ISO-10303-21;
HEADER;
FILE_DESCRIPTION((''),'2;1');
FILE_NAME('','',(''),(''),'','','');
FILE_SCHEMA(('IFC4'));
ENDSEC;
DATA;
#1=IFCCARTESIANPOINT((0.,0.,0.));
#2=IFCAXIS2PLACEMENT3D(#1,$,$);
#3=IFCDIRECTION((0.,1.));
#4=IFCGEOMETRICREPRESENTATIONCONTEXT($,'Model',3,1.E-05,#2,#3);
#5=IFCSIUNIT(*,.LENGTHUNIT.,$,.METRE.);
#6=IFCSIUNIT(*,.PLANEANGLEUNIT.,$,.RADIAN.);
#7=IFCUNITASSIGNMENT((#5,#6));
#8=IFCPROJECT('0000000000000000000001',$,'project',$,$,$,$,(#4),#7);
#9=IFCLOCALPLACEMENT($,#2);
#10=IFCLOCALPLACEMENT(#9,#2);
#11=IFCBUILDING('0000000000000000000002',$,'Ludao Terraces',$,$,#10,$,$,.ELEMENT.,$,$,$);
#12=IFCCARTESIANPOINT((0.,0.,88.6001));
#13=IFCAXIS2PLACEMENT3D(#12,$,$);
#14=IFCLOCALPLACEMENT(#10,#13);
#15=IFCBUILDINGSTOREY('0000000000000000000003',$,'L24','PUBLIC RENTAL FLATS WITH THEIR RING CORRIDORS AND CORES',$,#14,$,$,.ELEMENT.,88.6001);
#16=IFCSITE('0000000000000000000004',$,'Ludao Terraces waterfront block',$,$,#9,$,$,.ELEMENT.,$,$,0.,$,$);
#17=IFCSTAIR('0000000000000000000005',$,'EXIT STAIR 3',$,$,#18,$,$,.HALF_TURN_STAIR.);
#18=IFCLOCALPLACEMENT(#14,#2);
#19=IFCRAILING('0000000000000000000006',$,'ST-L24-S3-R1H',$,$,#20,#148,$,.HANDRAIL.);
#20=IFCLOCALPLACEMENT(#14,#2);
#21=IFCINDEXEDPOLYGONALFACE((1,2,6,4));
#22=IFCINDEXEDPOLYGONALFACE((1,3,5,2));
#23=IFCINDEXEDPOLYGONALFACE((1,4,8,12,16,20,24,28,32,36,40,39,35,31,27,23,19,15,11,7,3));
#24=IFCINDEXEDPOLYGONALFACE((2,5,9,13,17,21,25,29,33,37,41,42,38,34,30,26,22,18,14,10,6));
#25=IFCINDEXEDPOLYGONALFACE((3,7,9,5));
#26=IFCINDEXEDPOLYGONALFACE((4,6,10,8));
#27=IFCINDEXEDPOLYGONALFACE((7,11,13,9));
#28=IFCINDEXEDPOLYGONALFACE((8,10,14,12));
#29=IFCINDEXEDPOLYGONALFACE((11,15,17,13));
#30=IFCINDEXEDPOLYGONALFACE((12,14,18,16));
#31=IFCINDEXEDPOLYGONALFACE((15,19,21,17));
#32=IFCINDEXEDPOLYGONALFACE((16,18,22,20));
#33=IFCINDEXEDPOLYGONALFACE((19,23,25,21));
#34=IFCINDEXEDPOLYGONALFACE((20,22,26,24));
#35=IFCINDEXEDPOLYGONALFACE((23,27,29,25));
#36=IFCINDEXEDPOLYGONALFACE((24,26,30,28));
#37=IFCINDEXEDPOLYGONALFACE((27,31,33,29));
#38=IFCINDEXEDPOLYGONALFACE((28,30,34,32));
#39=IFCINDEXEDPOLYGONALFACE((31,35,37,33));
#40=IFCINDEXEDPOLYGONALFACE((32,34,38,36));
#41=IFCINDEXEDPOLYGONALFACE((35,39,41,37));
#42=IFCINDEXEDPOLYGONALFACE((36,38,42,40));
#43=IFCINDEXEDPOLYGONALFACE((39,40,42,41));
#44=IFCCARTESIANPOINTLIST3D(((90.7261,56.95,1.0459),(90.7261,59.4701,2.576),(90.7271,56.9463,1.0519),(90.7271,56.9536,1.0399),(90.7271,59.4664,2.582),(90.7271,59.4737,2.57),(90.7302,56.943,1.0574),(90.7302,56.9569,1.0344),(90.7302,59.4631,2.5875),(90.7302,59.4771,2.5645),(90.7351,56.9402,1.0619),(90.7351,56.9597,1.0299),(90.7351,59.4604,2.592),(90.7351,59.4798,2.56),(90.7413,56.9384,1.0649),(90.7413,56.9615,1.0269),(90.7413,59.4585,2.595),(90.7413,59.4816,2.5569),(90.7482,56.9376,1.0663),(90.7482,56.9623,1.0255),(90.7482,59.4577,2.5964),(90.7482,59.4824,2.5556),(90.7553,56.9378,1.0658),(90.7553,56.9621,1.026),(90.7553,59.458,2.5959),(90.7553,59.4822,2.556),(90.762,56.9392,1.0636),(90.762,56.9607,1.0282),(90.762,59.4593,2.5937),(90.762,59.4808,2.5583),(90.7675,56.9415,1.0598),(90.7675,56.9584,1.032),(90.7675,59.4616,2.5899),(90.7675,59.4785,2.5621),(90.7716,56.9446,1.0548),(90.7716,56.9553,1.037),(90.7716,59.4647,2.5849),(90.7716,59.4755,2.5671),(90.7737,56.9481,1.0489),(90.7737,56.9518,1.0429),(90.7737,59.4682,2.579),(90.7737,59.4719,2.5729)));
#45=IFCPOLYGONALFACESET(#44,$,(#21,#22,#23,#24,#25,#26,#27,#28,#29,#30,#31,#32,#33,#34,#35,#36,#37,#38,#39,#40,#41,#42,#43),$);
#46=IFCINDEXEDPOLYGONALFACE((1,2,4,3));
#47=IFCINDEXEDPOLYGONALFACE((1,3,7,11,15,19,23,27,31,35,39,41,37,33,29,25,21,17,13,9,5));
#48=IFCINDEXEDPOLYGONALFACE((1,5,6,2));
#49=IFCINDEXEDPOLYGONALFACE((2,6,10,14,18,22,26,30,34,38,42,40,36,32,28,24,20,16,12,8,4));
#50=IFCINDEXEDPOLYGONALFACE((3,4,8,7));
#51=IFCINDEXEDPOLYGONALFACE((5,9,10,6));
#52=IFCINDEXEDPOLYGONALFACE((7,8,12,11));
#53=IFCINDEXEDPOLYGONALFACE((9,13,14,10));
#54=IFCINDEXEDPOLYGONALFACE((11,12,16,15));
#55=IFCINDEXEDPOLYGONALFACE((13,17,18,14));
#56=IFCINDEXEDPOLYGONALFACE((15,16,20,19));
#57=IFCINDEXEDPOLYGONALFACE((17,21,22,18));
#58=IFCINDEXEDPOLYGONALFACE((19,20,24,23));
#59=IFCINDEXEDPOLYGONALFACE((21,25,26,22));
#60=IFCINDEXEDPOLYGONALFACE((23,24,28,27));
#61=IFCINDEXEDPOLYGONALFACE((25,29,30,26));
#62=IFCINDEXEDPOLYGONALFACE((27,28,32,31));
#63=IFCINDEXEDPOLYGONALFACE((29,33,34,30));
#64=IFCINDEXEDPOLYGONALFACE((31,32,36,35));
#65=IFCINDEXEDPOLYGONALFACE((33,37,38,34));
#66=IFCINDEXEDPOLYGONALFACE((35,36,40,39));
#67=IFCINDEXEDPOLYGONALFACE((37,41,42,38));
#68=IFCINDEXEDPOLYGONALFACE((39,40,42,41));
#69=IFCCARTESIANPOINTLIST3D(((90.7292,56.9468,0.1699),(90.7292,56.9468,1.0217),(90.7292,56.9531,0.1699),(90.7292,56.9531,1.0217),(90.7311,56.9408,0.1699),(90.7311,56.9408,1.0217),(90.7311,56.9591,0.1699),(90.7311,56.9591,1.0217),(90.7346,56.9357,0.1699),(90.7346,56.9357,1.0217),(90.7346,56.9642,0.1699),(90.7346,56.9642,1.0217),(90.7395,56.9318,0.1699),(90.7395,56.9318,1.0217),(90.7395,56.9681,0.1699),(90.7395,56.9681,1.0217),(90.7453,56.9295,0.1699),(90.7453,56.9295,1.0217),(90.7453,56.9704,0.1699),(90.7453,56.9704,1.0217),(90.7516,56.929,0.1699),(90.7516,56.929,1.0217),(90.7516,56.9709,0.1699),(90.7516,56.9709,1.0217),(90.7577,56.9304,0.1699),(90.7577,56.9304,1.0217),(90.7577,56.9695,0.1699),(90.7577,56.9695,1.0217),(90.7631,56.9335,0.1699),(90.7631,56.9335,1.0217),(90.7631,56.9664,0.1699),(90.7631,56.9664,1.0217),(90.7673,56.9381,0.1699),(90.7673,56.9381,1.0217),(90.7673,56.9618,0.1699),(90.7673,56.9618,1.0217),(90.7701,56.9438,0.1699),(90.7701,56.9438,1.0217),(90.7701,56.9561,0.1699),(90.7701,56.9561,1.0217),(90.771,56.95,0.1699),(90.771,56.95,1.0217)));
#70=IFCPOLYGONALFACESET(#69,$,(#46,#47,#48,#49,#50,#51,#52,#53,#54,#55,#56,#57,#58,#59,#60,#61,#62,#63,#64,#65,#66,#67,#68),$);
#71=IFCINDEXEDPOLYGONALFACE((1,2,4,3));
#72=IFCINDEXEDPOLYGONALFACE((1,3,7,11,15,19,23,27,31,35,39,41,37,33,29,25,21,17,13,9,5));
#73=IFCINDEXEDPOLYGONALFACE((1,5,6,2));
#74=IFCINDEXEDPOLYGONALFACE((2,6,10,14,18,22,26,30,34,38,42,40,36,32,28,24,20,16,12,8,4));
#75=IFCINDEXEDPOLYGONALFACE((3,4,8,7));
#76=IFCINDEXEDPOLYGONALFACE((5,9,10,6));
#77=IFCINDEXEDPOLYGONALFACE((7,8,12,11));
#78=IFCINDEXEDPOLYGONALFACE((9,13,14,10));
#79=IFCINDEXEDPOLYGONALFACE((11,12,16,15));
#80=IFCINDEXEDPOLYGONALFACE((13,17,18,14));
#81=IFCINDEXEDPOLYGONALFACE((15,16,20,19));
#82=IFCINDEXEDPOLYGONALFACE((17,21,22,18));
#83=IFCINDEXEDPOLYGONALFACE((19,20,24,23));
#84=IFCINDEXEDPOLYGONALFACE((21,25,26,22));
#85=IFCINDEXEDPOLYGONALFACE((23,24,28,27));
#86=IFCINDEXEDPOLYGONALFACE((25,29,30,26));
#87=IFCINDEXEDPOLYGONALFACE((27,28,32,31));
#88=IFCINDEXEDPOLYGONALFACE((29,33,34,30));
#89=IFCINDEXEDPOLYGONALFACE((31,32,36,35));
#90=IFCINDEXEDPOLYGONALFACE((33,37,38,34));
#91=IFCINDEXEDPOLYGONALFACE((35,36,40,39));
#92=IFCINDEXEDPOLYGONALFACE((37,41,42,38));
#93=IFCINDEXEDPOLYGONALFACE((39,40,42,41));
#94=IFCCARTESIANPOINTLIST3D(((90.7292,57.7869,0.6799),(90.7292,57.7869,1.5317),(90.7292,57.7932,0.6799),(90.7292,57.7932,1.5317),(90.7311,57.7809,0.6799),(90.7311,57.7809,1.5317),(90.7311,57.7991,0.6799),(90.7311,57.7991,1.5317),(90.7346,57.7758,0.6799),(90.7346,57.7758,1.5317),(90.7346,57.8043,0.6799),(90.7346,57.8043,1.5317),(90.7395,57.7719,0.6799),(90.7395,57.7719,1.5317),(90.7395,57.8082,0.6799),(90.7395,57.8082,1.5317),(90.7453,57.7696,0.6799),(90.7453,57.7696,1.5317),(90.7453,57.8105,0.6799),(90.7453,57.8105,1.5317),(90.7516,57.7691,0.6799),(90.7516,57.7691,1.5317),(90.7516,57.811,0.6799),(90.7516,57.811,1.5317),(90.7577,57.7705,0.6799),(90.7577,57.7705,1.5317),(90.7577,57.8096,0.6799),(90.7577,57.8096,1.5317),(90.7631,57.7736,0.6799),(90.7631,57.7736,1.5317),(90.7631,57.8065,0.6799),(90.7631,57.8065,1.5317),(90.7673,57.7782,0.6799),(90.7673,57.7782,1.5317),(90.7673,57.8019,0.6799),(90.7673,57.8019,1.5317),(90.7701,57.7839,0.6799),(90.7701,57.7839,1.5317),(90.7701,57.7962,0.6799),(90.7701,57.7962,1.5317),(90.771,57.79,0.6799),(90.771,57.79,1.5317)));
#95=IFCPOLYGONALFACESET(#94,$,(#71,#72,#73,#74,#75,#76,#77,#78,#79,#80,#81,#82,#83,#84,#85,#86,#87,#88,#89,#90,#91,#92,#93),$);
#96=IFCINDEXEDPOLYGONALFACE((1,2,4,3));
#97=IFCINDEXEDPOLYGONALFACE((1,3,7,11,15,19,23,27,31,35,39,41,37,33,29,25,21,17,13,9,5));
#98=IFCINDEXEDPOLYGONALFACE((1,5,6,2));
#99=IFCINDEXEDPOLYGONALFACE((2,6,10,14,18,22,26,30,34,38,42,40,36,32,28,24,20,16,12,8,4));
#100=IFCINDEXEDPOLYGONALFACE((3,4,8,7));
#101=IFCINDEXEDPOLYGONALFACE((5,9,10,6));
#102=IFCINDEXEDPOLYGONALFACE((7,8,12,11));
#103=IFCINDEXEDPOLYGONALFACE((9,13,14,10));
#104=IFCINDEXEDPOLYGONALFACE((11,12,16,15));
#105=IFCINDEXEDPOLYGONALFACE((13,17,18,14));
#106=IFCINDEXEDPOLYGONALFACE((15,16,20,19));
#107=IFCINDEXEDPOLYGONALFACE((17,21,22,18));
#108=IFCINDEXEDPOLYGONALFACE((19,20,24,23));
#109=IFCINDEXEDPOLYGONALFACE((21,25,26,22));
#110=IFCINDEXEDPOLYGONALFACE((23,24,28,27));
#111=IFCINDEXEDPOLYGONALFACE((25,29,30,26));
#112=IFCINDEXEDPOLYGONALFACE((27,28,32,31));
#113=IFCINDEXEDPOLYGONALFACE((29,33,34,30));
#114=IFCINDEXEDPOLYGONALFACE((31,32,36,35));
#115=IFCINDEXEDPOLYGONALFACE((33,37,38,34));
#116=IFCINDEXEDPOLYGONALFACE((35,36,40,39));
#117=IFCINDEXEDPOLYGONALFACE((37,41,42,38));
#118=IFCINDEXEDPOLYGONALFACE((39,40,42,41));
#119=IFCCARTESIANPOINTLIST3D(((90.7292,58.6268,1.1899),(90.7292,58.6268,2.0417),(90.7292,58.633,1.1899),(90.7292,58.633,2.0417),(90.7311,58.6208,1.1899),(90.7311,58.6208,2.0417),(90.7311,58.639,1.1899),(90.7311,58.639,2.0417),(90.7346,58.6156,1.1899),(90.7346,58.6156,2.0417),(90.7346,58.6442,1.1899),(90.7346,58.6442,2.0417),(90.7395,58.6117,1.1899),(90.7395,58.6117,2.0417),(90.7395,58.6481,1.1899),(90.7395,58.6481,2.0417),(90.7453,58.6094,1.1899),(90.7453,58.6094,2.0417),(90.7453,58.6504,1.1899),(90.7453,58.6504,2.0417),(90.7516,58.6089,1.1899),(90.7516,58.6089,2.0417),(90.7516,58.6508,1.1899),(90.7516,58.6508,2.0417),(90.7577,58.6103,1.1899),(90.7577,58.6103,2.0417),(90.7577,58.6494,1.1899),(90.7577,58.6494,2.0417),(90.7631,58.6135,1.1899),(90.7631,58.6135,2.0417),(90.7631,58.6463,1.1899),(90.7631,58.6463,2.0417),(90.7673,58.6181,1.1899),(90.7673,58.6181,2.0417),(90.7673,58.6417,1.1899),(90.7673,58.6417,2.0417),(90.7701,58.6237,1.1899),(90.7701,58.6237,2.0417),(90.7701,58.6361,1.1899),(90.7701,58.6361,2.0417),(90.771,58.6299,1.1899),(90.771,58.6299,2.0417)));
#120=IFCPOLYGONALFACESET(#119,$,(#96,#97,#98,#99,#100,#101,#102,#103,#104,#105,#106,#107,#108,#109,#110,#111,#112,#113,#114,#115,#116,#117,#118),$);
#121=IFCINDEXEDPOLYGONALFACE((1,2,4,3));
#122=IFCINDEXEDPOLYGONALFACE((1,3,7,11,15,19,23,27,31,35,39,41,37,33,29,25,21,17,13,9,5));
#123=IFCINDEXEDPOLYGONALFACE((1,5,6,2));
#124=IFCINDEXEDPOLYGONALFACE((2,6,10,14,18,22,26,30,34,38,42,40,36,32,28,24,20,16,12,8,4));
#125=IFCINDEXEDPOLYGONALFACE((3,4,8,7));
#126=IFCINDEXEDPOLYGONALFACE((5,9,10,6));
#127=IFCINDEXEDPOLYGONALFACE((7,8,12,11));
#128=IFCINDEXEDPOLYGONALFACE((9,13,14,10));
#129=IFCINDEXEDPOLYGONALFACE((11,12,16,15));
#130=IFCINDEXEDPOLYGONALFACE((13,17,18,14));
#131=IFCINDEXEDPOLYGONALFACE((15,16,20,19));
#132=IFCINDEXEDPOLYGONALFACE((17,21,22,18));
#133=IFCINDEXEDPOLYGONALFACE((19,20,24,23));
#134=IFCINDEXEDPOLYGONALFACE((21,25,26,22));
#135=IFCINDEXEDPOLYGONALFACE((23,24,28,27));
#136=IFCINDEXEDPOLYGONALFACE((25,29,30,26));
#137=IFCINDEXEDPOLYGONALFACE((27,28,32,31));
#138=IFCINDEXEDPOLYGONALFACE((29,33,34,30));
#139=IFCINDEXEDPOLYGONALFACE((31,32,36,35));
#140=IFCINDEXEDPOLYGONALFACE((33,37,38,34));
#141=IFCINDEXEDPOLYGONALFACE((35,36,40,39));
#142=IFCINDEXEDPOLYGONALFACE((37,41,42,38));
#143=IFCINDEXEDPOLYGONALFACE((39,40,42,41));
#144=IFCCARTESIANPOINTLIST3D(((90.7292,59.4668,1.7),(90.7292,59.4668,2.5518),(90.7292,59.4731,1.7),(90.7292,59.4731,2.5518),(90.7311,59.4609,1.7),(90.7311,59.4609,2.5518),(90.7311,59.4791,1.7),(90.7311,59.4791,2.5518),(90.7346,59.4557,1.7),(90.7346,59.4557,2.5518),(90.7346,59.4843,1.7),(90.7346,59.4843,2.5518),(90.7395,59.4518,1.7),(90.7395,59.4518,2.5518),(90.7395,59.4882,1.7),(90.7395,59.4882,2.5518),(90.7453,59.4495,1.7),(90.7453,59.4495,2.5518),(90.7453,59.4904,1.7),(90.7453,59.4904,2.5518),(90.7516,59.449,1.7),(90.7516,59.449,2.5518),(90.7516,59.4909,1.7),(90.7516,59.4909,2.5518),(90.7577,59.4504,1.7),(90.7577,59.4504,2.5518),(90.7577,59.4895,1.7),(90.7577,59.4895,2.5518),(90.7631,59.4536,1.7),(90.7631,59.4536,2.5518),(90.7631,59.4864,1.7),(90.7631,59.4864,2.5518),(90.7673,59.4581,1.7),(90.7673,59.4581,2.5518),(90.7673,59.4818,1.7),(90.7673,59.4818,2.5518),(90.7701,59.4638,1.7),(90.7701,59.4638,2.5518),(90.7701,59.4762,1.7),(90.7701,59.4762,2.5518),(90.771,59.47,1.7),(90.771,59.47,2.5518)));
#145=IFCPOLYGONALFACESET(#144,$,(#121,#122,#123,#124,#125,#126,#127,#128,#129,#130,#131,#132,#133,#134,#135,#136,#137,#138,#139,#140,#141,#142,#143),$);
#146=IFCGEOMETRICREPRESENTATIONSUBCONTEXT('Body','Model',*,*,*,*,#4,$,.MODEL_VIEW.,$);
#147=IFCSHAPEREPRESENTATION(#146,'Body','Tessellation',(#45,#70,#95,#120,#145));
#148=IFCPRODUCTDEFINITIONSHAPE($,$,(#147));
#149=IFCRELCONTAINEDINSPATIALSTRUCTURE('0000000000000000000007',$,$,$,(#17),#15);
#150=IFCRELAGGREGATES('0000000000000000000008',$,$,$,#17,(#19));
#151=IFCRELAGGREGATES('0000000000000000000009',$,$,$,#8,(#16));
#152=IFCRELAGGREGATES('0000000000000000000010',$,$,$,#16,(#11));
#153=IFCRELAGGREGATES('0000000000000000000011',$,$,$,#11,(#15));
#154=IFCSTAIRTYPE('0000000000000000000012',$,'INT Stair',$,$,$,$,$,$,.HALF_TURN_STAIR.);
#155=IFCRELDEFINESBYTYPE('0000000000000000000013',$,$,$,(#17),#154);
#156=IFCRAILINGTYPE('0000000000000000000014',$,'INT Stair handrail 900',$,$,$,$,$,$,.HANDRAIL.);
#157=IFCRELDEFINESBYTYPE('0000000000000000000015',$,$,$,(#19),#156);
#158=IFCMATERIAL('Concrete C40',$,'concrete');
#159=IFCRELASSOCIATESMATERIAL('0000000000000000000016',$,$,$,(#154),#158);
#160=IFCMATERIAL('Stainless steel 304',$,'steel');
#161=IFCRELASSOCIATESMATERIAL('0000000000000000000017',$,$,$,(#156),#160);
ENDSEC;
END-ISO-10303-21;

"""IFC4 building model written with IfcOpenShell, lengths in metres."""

from ifc_helpers import new_model, si_unit, direction, frame, origin, origin_2d, place, context, subcontext, project, spatial, circle, extrude, material, type_object, element, aggregate, save


model = new_model("IFC4")

# Units and contexts
model_context = context("Model", 3, precision=1e-05, world=origin(), true_north=direction((0.0, 1.0)))
body_context = subcontext(model_context, "Body", "Model", "MODEL_VIEW")
ifc_project = project(units=[si_unit("LENGTHUNIT", "METRE"), si_unit("PLANEANGLEUNIT", "RADIAN")], contexts=[model_context])

# Site, building, storey
site_placement = place(None, origin())
site = spatial("IfcSite", under=ifc_project, at=site_placement, Name="Ludao Terraces waterfront block", CompositionType="ELEMENT", RefElevation=0.0)
building_placement = place(site_placement, origin())
building = spatial("IfcBuilding", under=site, at=building_placement, Name="Ludao Terraces", CompositionType="ELEMENT")
storey_placement = place(building_placement, frame((0.0, 0.0, 88.6001)))
storey = spatial("IfcBuildingStorey", under=building, at=storey_placement, Name="L24", Description="PUBLIC RENTAL FLATS WITH THEIR RING CORRIDORS AND CORES", CompositionType="ELEMENT", Elevation=88.6001)

# Shared definitions
ifc_material_1 = material(Name="Concrete C40", Category="concrete")

# Stair, railing
stair_type = type_object("IfcStairType", Name="INT Stair", PredefinedType="HALF_TURN_STAIR", material=ifc_material_1)
stair_placement = place(storey_placement, origin())
stair = element("IfcStair", 1, at=stair_placement, inside=storey, type_object=stair_type, Name="EXIT STAIR 3", PredefinedType="HALF_TURN_STAIR")
ifc_material_2 = material(Name="Stainless steel 304", Category="steel")
railing_type_1 = type_object("IfcRailingType", Name="INT Stair handrail 900", PredefinedType="HANDRAIL", material=ifc_material_2)
railing_1_placement = place(storey_placement, frame((90.75, 56.95, 0.1699)))
railing_1 = element("IfcRailing", 2, at=railing_1_placement, type_object=railing_type_1, Name="ST-L24-S3-R1H", PredefinedType="HANDRAIL", context=body_context, shape_type="SweptSolid", body=[
    extrude(circle(Radius=0.0239, at=origin_2d()), frame((0.0, 0.0, 0.876), z_axis=(0.0, 0.854785, 0.518982), x_axis=(-1.0, 0.0, 0.0)), (0.0, 0.0, 1.0), 2.9482),
    extrude(circle(Radius=0.021, at=origin_2d()), origin(), (0.0, 0.0, 1.0), 0.8518),
    extrude(circle(Radius=0.021, at=origin_2d()), frame((0.0, 0.8401, 0.51)), (0.0, 0.0, 1.0), 0.8518),
    extrude(circle(Radius=0.021, at=origin_2d()), frame((0.0, 1.6799, 1.02)), (0.0, 0.0, 1.0), 0.8518),
    extrude(circle(Radius=0.021, at=origin_2d()), frame((0.0, 2.52, 1.53)), (0.0, 0.0, 1.0), 0.8518),
])
aggregate(stair, [railing_1])

save(model, "model.ifc")
